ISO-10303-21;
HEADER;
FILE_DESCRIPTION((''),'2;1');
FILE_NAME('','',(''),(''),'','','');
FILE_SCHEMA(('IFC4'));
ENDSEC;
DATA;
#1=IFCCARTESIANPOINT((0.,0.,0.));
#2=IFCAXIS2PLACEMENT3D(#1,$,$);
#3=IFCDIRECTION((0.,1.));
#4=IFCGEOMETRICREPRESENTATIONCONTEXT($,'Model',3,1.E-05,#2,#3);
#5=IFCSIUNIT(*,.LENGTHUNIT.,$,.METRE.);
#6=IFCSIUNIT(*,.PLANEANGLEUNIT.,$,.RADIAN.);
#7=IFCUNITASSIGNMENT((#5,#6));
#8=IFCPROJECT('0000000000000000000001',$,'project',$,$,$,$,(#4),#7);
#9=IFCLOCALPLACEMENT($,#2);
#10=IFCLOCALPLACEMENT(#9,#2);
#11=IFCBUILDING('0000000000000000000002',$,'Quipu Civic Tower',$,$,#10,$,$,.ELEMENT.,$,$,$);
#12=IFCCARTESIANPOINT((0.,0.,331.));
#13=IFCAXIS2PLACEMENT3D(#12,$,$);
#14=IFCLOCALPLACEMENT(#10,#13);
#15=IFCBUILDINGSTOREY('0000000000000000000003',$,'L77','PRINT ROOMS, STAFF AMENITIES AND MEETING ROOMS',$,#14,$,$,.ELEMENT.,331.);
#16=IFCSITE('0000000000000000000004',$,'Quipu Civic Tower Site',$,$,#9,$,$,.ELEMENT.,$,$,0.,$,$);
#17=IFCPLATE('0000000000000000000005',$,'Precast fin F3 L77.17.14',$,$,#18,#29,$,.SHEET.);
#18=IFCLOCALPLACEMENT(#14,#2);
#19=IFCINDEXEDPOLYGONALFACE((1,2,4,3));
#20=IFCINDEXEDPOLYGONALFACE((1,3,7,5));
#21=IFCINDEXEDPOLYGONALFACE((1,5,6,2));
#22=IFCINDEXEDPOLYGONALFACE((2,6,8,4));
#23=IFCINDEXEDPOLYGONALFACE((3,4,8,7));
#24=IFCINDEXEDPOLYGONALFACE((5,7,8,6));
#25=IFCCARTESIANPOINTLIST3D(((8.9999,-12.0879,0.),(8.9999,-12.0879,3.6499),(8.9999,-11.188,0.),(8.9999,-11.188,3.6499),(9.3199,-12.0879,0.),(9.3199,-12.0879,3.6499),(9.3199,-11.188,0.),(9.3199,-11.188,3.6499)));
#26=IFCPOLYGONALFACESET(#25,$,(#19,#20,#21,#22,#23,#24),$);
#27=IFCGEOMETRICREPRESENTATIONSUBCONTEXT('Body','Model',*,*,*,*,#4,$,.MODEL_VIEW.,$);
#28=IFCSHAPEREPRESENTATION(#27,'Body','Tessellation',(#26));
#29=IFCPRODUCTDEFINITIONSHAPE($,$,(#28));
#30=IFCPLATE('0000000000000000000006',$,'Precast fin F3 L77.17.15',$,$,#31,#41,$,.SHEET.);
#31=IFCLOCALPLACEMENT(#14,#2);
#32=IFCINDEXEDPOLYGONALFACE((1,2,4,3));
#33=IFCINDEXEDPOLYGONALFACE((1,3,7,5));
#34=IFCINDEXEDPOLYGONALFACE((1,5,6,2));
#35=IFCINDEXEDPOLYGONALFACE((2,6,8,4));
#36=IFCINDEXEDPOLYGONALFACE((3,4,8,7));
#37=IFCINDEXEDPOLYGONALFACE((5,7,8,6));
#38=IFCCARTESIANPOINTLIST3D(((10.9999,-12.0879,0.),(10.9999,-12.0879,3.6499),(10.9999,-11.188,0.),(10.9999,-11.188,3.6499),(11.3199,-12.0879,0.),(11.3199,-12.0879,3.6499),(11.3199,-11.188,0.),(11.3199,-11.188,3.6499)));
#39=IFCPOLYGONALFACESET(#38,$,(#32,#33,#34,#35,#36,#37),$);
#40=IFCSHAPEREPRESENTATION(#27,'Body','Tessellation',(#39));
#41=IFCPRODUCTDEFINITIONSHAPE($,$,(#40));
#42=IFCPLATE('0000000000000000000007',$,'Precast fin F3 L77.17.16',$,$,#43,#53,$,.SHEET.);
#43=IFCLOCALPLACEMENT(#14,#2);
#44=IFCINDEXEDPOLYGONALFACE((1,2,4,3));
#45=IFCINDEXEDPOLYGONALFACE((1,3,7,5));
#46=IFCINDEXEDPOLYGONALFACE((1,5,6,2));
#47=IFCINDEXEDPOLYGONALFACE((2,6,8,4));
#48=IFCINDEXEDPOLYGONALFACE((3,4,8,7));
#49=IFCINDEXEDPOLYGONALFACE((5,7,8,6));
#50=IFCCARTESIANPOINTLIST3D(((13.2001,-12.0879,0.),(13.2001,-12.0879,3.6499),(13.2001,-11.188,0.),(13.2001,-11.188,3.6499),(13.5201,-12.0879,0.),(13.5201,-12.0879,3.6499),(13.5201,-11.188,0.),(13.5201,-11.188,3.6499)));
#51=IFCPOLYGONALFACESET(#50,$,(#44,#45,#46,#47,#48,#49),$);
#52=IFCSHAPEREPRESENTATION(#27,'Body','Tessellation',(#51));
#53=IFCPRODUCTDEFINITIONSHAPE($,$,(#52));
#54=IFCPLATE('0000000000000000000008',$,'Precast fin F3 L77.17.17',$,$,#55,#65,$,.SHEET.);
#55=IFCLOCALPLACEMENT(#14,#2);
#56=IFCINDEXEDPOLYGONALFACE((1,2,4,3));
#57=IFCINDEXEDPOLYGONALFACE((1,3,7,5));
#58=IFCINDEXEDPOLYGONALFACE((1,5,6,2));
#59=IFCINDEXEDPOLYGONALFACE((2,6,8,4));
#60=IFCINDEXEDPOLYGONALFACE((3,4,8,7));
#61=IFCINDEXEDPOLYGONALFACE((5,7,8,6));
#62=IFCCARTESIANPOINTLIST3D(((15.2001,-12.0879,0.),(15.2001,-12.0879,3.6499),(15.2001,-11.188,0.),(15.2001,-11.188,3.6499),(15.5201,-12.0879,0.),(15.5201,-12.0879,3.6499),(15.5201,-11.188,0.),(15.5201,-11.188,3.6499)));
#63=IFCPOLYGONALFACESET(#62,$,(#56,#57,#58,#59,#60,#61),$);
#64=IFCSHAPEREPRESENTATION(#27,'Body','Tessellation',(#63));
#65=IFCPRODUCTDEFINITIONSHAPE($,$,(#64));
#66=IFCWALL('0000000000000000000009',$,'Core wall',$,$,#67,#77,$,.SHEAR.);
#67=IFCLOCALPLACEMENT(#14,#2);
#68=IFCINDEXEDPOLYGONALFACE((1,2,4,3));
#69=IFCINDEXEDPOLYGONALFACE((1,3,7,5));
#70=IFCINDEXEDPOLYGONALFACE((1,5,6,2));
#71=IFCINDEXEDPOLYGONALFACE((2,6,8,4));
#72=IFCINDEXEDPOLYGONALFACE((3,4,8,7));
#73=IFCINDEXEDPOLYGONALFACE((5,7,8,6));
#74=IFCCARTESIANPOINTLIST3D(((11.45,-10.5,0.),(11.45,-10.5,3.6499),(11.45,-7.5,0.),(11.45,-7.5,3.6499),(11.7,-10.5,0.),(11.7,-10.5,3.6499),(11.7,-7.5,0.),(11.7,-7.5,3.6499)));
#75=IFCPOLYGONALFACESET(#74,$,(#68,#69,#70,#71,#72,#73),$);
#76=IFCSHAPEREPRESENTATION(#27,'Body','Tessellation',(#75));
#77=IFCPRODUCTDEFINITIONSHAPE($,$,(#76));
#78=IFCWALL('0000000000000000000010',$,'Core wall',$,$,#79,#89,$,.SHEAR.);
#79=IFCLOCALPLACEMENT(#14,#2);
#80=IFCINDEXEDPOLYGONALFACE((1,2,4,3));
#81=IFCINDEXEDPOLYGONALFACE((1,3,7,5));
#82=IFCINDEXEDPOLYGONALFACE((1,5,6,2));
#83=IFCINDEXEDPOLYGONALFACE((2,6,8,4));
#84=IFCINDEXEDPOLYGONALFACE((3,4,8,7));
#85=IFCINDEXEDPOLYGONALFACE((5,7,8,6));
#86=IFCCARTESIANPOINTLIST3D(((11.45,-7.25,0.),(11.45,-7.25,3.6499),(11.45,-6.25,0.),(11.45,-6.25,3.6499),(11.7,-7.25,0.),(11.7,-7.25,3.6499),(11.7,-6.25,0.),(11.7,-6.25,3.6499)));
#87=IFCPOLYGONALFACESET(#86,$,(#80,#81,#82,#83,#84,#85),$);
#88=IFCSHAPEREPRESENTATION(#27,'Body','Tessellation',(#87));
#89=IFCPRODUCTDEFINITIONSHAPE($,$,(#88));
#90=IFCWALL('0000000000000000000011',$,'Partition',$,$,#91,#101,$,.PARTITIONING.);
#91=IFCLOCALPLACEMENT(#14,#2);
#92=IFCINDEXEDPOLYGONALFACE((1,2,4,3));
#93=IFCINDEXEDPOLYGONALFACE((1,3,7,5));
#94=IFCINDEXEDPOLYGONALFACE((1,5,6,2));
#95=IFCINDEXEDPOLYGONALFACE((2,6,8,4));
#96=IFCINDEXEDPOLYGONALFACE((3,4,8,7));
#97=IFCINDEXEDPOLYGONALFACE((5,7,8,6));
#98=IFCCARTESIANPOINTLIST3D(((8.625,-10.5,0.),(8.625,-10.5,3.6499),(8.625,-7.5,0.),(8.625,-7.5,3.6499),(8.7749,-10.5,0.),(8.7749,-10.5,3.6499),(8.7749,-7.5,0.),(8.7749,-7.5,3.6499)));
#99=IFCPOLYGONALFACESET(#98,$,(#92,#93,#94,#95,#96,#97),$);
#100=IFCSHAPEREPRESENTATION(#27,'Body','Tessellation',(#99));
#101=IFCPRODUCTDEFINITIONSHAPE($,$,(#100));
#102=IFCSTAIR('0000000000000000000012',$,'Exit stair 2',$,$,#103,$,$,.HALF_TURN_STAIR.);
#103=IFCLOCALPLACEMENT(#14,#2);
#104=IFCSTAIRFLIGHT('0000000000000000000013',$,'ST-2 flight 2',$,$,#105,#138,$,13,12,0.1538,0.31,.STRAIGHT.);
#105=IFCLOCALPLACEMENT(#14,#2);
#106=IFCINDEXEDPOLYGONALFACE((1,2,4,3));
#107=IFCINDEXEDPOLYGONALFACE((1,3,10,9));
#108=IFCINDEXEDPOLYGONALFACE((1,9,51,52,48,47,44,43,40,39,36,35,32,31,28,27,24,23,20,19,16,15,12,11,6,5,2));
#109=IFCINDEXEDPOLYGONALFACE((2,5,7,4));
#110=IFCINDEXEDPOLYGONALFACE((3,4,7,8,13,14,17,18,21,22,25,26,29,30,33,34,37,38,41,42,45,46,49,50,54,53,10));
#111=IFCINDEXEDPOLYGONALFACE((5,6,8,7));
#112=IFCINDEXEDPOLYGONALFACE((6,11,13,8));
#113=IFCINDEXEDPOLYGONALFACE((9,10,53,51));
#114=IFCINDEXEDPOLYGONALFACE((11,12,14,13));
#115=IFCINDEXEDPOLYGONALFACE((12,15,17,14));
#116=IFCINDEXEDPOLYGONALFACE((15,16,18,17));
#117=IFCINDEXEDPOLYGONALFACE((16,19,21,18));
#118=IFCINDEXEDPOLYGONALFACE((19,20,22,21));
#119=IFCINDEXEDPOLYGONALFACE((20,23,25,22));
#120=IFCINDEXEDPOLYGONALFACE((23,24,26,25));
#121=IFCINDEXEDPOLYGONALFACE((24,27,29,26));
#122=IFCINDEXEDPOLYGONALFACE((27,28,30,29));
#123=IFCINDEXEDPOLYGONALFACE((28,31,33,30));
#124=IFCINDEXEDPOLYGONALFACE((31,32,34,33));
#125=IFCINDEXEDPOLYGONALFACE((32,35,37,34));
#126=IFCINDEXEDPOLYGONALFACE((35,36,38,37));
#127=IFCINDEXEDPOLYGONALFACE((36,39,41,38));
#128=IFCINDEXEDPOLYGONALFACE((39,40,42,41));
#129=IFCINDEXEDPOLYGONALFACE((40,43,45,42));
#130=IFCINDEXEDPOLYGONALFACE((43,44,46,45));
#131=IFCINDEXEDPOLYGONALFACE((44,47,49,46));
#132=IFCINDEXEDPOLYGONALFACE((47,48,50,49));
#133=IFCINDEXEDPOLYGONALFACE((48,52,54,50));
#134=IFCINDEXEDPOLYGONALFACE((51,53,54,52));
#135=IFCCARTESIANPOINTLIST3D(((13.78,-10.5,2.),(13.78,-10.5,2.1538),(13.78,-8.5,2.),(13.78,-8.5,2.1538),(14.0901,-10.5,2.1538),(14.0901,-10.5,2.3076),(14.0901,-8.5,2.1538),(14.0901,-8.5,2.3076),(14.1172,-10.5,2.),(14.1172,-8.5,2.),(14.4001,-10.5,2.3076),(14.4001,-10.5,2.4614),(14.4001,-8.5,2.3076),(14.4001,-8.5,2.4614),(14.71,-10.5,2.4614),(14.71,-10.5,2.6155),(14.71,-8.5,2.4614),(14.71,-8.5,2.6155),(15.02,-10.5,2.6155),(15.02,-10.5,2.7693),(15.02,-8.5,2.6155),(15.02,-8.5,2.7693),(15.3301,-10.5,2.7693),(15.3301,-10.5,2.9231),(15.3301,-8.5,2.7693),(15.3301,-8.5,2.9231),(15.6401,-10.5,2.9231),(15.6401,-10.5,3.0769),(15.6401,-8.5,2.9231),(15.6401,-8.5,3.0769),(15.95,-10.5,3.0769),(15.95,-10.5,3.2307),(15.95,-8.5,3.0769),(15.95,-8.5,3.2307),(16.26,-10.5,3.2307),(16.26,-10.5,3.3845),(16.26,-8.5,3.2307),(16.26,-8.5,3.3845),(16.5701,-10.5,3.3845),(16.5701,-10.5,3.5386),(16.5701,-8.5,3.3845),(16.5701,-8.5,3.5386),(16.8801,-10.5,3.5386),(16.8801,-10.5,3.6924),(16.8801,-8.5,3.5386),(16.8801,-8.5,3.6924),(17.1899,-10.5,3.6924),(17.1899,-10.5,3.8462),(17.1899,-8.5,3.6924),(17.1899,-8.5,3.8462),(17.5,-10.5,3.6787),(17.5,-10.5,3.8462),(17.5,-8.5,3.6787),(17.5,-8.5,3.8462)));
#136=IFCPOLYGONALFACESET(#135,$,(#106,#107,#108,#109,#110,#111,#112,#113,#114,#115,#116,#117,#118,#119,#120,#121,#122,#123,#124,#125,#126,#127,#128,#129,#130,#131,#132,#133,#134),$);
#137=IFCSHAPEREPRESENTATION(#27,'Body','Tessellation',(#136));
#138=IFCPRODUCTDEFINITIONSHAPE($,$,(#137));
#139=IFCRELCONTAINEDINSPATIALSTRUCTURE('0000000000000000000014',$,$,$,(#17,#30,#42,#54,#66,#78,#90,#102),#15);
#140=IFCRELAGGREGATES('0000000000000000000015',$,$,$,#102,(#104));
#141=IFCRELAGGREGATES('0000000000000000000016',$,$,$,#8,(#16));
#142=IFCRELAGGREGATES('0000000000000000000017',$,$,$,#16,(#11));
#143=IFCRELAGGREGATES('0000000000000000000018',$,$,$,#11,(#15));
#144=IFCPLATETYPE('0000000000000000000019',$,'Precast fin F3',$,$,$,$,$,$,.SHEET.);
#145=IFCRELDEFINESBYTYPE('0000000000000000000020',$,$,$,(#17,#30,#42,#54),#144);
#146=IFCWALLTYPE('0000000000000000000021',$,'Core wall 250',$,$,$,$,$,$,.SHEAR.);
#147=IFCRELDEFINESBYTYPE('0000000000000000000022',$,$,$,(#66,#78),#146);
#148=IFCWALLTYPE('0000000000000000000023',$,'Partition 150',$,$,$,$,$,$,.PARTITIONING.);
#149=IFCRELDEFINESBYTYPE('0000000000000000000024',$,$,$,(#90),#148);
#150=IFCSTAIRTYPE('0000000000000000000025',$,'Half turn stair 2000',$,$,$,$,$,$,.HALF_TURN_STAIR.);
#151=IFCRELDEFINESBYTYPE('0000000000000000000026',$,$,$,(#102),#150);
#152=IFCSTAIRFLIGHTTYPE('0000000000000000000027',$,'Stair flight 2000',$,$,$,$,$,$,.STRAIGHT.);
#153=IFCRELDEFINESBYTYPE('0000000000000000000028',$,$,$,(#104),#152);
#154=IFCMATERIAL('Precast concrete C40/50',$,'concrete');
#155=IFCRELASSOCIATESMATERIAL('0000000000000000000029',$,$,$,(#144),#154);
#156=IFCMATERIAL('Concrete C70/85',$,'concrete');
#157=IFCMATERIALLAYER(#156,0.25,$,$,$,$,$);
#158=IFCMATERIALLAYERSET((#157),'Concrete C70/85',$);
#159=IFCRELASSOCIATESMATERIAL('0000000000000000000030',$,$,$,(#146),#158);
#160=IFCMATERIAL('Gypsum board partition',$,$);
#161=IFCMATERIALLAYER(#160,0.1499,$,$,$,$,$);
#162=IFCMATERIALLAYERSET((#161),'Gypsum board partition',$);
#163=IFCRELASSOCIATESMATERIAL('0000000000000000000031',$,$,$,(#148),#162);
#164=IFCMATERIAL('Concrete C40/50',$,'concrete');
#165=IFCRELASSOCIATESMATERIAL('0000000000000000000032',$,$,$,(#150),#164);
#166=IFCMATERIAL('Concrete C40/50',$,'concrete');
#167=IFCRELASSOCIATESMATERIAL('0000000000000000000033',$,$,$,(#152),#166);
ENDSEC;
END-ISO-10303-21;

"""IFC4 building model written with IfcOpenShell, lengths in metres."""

from ifc_helpers import new_model, si_unit, direction, frame, frame_2d, origin, origin_2d, place, context, subcontext, project, spatial, polyline, rectangle, outline, extrude, material, layer, layer_set, type_object, element, aggregate, save


model = new_model("IFC4")

# Units and contexts
model_context = context("Model", 3, precision=1e-05, world=origin(), true_north=direction((0.0, 1.0)))
body_context = subcontext(model_context, "Body", "Model", "MODEL_VIEW")
ifc_project = project(units=[si_unit("LENGTHUNIT", "METRE"), si_unit("PLANEANGLEUNIT", "RADIAN")], contexts=[model_context])

# Site, building, storey
site_placement = place(None, origin())
site = spatial("IfcSite", under=ifc_project, at=site_placement, Name="Quipu Civic Tower Site", CompositionType="ELEMENT", RefElevation=0.0)
building_placement = place(site_placement, origin())
building = spatial("IfcBuilding", under=site, at=building_placement, Name="Quipu Civic Tower", CompositionType="ELEMENT")
storey_placement = place(building_placement, frame((0.0, 0.0, 331.0)))
storey = spatial("IfcBuildingStorey", under=building, at=storey_placement, Name="L77", Description="PRINT ROOMS, STAFF AMENITIES AND MEETING ROOMS", CompositionType="ELEMENT", Elevation=331.0)

# Plates
ifc_material_1 = material(Name="Precast concrete C40/50", Category="concrete")
plate_type = type_object("IfcPlateType", Name="Precast fin F3", PredefinedType="SHEET", material=ifc_material_1)
for number, where, z_axis, x_axis, name in (
    (1, (9.1599, -11.6379, 0.0), (0.0, 0.0, 1.0), (1.0, 0.0, 0.0), "Precast fin F3 L77.17.14"),
    (2, (11.1599, -11.6379, 0.0), (0.0, 0.0, 1.0), (1.0, 0.0, 0.0), "Precast fin F3 L77.17.15"),
    (3, (13.3601, -11.6379, 0.0), (0.0, 0.0, 1.0), (1.0, 0.0, 0.0), "Precast fin F3 L77.17.16"),
    (4, (15.3601, -11.6379, 0.0), (0.0, 0.0, 1.0), (1.0, 0.0, 0.0), "Precast fin F3 L77.17.17"),
):
    element("IfcPlate", number, at=place(storey_placement, frame(where, z_axis=z_axis, x_axis=x_axis)), inside=storey, type_object=plate_type, Name=name, PredefinedType="SHEET", context=body_context, shape_type="SweptSolid", body=[
        extrude(rectangle(XDim=0.3201, YDim=0.8999, at=origin_2d()), origin(), (0.0, 0.0, 1.0), 3.6499),
    ])

# Wall
ifc_material_2 = material(Name="Concrete C70/85", Category="concrete")
ifc_layer_1 = layer(ifc_material_2, 0.25)
ifc_layer_set_1 = layer_set([ifc_layer_1], Name="Concrete C70/85")
wall_type_1 = type_object("IfcWallType", Name="Core wall 250", PredefinedType="SHEAR", material=ifc_layer_set_1)
wall_1_placement = place(storey_placement, frame((11.575, -10.5, 0.0), z_axis=(0.0, 0.0, 1.0), x_axis=(0.0, 1.0, 0.0)))
element("IfcWall", 5, at=wall_1_placement, inside=storey, type_object=wall_type_1, Name="Core wall", PredefinedType="SHEAR", context=body_context, shape_type="SweptSolid", body=[
    extrude(rectangle(XDim=3.0, YDim=0.25, at=frame_2d((1.5, 0.0))), origin(), (0.0, 0.0, 1.0), 3.6499),
])

# Walls
wall_2_placement = place(storey_placement, frame((11.575, -7.25, 0.0), z_axis=(0.0, 0.0, 1.0), x_axis=(0.0, 1.0, 0.0)))
element("IfcWall", 6, at=wall_2_placement, inside=storey, type_object=wall_type_1, Name="Core wall", PredefinedType="SHEAR", context=body_context, shape_type="SweptSolid", body=[
    extrude(rectangle(XDim=1.0, YDim=0.25, at=frame_2d((0.5, 0.0))), origin(), (0.0, 0.0, 1.0), 3.6499),
])
ifc_material_3 = material(Name="Gypsum board partition")
ifc_layer_2 = layer(ifc_material_3, 0.1499)
ifc_layer_set_2 = layer_set([ifc_layer_2], Name="Gypsum board partition")
wall_type_2 = type_object("IfcWallType", Name="Partition 150", PredefinedType="PARTITIONING", material=ifc_layer_set_2)
wall_3_placement = place(storey_placement, frame((8.7, -10.5, 0.0), z_axis=(0.0, 0.0, 1.0), x_axis=(0.0, 1.0, 0.0)))
element("IfcWall", 7, at=wall_3_placement, inside=storey, type_object=wall_type_2, Name="Partition", PredefinedType="PARTITIONING", context=body_context, shape_type="SweptSolid", body=[
    extrude(rectangle(XDim=3.0, YDim=0.1499, at=frame_2d((1.5, 0.0))), origin(), (0.0, 0.0, 1.0), 3.6499),
])

# Stair, stair flight
ifc_material_4 = material(Name="Concrete C40/50", Category="concrete")
stair_type = type_object("IfcStairType", Name="Half turn stair 2000", PredefinedType="HALF_TURN_STAIR", material=ifc_material_4)
stair_placement = place(storey_placement, origin())
stair = element("IfcStair", 8, at=stair_placement, inside=storey, type_object=stair_type, Name="Exit stair 2", PredefinedType="HALF_TURN_STAIR")
ifc_material_5 = material(Name="Concrete C40/50", Category="concrete")
stair_flight_type = type_object("IfcStairFlightType", Name="Stair flight 2000", PredefinedType="STRAIGHT", material=ifc_material_5)
stair_flight_placement = place(storey_placement, frame((13.78, -9.5, 2.0), z_axis=(0.0, 0.0, 1.0), x_axis=(1.0, 0.0, 0.0)))
stair_flight = element("IfcStairFlight", 9, at=stair_flight_placement, type_object=stair_flight_type, Name="ST-2 flight 2", NumberOfRisers=13, NumberOfTreads=12, PredefinedType="STRAIGHT", RiserHeight=0.1538, TreadLength=0.31, context=body_context, shape_type="SweptSolid", body=[
    extrude(outline(polyline([(0.0, 0.0), (0.0, 0.1538), (0.3101, 0.1538), (0.3101, 0.3076), (0.6201, 0.3076), (0.6201, 0.4614), (0.9299, 0.4614), (0.9299, 0.6155), (1.24, 0.6155), (1.24, 0.7693), (1.55, 0.7693), (1.55, 0.9231), (1.8601, 0.9231), (1.8601, 1.0769), (2.1699, 1.0769), (2.1699, 1.2307), (2.48, 1.2307), (2.48, 1.3845), (2.79, 1.3845), (2.79, 1.5386), (3.1001, 1.5386), (3.1001, 1.6924), (3.4099, 1.6924), (3.4099, 1.8462), (3.72, 1.8462), (3.72, 2.0), (3.72, 1.6787), (0.3372, 0.0), (0.0, 0.0)])), frame((0.0, 1.0, 0.0), z_axis=(0.0, -1.0, 0.0), x_axis=(1.0, 0.0, 0.0)), (0.0, 0.0, 1.0), 2.0),
])
aggregate(stair, [stair_flight])

save(model, "model.ifc")
